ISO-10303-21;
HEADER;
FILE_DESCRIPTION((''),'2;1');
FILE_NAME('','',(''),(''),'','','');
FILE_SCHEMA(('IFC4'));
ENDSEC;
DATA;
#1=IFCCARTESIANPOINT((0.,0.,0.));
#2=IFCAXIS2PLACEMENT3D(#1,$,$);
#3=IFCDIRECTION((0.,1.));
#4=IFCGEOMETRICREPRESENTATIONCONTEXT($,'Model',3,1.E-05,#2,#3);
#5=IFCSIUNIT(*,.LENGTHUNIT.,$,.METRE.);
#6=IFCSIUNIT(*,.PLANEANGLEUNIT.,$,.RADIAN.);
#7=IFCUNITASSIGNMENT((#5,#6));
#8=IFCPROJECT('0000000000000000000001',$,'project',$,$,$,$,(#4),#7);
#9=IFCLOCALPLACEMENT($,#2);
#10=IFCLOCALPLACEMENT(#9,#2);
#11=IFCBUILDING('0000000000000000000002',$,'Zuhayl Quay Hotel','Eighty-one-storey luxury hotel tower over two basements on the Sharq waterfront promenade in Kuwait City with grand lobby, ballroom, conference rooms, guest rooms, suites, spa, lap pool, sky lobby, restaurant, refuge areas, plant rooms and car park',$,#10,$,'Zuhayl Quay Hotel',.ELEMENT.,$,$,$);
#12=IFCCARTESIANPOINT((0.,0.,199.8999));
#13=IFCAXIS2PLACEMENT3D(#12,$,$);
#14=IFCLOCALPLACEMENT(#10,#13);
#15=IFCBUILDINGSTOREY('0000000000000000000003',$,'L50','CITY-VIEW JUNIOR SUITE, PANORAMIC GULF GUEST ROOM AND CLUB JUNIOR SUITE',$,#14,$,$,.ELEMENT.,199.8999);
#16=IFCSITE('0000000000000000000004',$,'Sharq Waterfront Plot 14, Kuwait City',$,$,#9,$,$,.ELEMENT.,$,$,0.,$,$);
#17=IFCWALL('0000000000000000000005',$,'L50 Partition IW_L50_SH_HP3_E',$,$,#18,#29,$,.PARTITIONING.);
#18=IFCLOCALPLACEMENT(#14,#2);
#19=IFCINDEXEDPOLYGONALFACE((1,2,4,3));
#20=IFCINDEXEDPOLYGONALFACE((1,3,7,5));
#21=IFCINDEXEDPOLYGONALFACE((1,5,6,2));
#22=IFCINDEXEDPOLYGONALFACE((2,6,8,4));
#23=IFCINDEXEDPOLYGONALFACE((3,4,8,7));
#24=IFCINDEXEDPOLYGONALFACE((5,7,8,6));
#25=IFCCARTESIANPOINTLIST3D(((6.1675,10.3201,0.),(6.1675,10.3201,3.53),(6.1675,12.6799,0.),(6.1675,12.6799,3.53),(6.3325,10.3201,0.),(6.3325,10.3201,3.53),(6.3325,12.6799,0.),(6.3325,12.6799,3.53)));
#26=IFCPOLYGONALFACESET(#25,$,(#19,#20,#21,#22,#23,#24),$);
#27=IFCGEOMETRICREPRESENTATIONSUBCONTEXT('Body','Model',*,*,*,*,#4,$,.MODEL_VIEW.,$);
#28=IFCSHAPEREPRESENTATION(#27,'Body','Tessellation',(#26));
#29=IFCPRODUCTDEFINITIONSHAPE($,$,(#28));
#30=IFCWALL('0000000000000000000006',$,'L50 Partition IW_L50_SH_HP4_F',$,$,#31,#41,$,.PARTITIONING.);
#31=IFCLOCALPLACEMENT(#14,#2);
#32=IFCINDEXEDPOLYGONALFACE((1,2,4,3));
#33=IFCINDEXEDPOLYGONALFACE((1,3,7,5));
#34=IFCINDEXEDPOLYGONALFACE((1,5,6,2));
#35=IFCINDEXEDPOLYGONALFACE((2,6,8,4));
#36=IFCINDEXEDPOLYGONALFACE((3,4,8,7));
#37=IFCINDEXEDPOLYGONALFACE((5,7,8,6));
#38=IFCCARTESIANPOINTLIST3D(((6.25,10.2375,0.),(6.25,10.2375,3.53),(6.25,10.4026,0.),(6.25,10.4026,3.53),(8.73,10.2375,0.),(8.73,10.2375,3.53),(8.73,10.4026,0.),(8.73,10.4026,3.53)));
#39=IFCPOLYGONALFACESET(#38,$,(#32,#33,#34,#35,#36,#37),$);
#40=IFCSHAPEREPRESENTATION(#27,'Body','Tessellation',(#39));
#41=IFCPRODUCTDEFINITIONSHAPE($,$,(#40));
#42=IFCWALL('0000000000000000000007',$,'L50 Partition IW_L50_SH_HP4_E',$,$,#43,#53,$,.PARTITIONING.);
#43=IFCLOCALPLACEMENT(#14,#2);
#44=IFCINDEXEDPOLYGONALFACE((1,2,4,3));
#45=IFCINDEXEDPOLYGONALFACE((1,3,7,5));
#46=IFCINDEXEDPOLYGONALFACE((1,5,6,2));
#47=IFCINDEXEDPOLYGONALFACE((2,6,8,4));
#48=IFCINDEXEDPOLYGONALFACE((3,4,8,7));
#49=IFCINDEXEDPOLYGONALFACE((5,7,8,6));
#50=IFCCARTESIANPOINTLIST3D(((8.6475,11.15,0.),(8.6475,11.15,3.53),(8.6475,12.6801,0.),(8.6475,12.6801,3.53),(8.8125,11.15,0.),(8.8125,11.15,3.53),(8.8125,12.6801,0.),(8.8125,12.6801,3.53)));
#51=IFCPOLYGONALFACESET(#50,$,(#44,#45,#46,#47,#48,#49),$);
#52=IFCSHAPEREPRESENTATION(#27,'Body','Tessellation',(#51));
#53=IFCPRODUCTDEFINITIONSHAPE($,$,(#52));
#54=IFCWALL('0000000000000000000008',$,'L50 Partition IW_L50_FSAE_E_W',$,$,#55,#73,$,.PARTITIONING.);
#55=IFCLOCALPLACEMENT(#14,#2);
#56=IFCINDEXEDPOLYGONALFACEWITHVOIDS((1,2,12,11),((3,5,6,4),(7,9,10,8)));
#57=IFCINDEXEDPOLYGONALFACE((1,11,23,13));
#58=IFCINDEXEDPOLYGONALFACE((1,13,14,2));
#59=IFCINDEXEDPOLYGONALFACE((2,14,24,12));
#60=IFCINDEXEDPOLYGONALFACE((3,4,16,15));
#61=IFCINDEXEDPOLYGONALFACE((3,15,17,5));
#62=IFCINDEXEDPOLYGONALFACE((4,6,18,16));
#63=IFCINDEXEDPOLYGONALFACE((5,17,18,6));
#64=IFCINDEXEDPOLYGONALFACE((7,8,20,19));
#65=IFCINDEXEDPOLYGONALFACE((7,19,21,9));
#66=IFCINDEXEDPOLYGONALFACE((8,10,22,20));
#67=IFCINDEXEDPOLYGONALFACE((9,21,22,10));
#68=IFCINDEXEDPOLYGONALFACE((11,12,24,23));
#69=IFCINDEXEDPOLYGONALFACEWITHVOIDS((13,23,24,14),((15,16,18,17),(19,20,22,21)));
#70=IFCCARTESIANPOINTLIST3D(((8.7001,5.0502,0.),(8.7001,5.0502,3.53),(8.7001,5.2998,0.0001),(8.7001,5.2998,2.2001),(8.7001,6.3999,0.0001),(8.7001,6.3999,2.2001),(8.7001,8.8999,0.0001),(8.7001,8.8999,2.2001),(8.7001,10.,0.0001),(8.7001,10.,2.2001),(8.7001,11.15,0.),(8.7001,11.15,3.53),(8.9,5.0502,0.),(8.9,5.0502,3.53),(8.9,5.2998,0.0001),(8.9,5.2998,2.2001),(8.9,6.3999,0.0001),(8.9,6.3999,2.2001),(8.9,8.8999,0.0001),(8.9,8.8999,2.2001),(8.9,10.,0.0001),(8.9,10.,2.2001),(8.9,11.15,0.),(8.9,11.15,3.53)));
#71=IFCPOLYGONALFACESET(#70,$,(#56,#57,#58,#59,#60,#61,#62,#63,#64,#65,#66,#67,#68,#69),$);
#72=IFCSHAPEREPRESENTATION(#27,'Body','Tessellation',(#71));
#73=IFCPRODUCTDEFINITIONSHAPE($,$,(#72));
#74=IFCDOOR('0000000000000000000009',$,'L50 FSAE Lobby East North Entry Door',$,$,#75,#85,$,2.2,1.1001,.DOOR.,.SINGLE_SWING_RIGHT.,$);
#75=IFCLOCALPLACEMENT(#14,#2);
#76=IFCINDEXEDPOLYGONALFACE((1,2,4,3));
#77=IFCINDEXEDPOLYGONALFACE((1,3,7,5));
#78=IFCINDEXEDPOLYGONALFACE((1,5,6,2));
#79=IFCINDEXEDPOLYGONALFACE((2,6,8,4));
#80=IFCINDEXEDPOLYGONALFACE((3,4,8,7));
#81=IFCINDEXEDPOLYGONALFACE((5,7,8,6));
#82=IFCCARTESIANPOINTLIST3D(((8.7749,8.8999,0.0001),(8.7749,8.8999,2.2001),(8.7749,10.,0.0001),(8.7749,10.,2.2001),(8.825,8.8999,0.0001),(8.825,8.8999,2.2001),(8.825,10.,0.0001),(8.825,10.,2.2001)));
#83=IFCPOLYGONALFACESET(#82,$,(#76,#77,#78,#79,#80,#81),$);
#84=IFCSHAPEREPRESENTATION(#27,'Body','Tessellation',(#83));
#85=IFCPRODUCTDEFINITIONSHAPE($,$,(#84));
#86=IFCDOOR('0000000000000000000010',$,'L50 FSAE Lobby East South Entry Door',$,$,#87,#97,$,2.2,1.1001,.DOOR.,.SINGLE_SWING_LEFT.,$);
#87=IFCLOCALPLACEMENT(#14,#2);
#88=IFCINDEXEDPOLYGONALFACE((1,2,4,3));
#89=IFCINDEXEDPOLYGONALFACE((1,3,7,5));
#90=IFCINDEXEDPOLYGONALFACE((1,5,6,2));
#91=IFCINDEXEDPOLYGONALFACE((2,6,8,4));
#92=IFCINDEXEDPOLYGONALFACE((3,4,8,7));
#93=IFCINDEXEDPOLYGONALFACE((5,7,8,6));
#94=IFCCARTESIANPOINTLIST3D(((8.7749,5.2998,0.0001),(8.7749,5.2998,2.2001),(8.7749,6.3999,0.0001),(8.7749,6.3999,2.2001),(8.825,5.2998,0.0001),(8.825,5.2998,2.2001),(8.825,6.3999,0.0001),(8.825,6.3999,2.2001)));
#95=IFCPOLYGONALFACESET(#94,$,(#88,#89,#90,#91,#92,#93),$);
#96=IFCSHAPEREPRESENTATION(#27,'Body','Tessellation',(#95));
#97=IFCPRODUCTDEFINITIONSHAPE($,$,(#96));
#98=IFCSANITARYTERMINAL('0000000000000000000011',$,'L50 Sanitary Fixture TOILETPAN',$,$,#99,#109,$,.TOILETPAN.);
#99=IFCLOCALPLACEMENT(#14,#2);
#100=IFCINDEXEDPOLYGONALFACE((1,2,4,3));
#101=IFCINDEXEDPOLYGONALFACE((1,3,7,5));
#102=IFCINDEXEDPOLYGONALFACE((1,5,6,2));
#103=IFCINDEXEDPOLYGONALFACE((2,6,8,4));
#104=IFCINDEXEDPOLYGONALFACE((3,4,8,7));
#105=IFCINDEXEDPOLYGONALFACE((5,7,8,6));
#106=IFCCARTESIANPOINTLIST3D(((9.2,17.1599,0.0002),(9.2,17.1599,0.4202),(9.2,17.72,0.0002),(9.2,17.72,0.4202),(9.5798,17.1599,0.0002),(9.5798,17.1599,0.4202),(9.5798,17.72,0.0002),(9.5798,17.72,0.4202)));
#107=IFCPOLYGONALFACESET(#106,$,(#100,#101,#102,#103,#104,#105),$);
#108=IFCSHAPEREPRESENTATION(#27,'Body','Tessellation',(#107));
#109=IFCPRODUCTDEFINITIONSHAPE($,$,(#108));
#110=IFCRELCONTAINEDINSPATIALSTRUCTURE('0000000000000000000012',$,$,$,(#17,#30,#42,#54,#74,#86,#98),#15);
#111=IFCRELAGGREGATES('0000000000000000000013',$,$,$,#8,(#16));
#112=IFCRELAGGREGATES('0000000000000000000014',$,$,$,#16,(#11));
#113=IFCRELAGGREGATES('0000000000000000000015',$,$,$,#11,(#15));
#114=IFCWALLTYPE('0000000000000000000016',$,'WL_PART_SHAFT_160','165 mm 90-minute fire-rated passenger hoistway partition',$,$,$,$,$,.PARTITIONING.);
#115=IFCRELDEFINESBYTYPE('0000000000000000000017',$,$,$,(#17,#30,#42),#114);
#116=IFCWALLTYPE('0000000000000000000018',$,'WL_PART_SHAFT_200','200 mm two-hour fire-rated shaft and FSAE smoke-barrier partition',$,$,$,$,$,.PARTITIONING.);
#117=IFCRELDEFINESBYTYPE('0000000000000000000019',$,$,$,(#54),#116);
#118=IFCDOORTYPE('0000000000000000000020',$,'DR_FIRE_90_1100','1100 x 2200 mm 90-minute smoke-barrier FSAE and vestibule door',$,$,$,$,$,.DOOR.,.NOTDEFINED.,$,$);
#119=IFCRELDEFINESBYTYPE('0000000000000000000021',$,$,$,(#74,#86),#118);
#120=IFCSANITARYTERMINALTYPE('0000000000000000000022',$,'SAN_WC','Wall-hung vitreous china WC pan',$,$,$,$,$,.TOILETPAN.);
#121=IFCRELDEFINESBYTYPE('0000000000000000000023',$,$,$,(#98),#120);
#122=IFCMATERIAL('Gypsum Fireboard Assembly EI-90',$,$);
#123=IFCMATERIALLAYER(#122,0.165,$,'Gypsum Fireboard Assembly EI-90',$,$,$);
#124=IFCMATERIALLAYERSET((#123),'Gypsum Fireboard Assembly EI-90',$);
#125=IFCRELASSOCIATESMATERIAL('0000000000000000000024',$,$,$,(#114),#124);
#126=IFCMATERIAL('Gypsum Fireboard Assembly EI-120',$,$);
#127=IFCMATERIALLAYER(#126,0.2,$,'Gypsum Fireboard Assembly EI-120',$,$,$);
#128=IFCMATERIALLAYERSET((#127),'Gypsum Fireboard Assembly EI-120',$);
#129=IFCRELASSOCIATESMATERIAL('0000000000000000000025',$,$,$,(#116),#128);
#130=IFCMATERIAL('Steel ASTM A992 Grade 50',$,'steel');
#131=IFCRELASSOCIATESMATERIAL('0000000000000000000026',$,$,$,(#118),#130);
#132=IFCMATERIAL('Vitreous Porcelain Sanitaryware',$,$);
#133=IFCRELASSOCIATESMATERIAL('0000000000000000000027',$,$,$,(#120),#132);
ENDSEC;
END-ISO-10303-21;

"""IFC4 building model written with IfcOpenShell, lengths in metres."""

from ifc_helpers import new_model, si_unit, direction, frame, frame_2d, origin, origin_2d, place, context, subcontext, project, spatial, rectangle, extrude, material, layer, layer_set, type_object, element, fill, save


model = new_model("IFC4")

# Units and contexts
model_context = context("Model", 3, precision=1e-05, world=origin(), true_north=direction((0.0, 1.0)))
body_context = subcontext(model_context, "Body", "Model", "MODEL_VIEW")
ifc_project = project(units=[si_unit("LENGTHUNIT", "METRE"), si_unit("PLANEANGLEUNIT", "RADIAN")], contexts=[model_context])

# Site, building, storey
site_placement = place(None, origin())
site = spatial("IfcSite", under=ifc_project, at=site_placement, Name="Sharq Waterfront Plot 14, Kuwait City", CompositionType="ELEMENT", RefElevation=0.0)
building_placement = place(site_placement, origin())
building = spatial("IfcBuilding", under=site, at=building_placement, Name="Zuhayl Quay Hotel", Description="Eighty-one-storey luxury hotel tower over two basements on the Sharq waterfront promenade in Kuwait City with grand lobby, ballroom, conference rooms, guest rooms, suites, spa, lap pool, sky lobby, restaurant, refuge areas, plant rooms and car park", LongName="Zuhayl Quay Hotel", CompositionType="ELEMENT")
storey_placement = place(building_placement, frame((0.0, 0.0, 199.8999)))
storey = spatial("IfcBuildingStorey", under=building, at=storey_placement, Name="L50", Description="CITY-VIEW JUNIOR SUITE, PANORAMIC GULF GUEST ROOM AND CLUB JUNIOR SUITE", CompositionType="ELEMENT", Elevation=199.8999)

# Shared definitions
ifc_material_1 = material(Name="Steel ASTM A992 Grade 50", Category="steel")

# Shared definitions
ifc_material_2 = material(Name="Gypsum Fireboard Assembly EI-90")
ifc_layer_1 = layer(ifc_material_2, 0.165, Name="Gypsum Fireboard Assembly EI-90")
ifc_layer_set_1 = layer_set([ifc_layer_1], Name="Gypsum Fireboard Assembly EI-90")
wall_type_1 = type_object("IfcWallType", Name="WL_PART_SHAFT_160", Description="165 mm 90-minute fire-rated passenger hoistway partition", PredefinedType="PARTITIONING", material=ifc_layer_set_1)

# Walls
wall_1_placement = place(storey_placement, frame((6.25, 10.3201, 0.0), z_axis=(0.0, 0.0, 1.0), x_axis=(0.0, 1.0, 0.0)))
element("IfcWall", 1, at=wall_1_placement, inside=storey, type_object=wall_type_1, Name="L50 Partition IW_L50_SH_HP3_E", PredefinedType="PARTITIONING", context=body_context, shape_type="SweptSolid", body=[
    extrude(rectangle(XDim=2.3599, YDim=0.165, at=frame_2d((1.1799, 0.0))), origin(), (0.0, 0.0, 1.0), 3.53),
])
wall_2_placement = place(storey_placement, frame((6.25, 10.3201, 0.0), z_axis=(0.0, 0.0, 1.0), x_axis=(1.0, 0.0, 0.0)))
element("IfcWall", 2, at=wall_2_placement, inside=storey, type_object=wall_type_1, Name="L50 Partition IW_L50_SH_HP4_F", PredefinedType="PARTITIONING", context=body_context, shape_type="SweptSolid", body=[
    extrude(rectangle(XDim=2.48, YDim=0.165, at=frame_2d((1.24, 0.0))), origin(), (0.0, 0.0, 1.0), 3.53),
])
wall_3_placement = place(storey_placement, frame((8.73, 11.1499, 0.0), z_axis=(0.0, 0.0, 1.0), x_axis=(0.0, 1.0, 0.0)))
element("IfcWall", 3, at=wall_3_placement, inside=storey, type_object=wall_type_1, Name="L50 Partition IW_L50_SH_HP4_E", PredefinedType="PARTITIONING", context=body_context, shape_type="SweptSolid", body=[
    extrude(rectangle(XDim=1.53, YDim=0.165, at=frame_2d((0.7651, 0.0))), origin(), (0.0, 0.0, 1.0), 3.53),
])

# Wall, openings, doors
ifc_material_3 = material(Name="Gypsum Fireboard Assembly EI-120")
ifc_layer_2 = layer(ifc_material_3, 0.2, Name="Gypsum Fireboard Assembly EI-120")
ifc_layer_set_2 = layer_set([ifc_layer_2], Name="Gypsum Fireboard Assembly EI-120")
wall_type_2 = type_object("IfcWallType", Name="WL_PART_SHAFT_200", Description="200 mm two-hour fire-rated shaft and FSAE smoke-barrier partition", PredefinedType="PARTITIONING", material=ifc_layer_set_2)
wall_4_placement = place(storey_placement, frame((8.8, 11.1499, 0.0), z_axis=(0.0, 0.0, 1.0), x_axis=(0.0, -1.0, 0.0)))
wall_4 = element("IfcWall", 4, at=wall_4_placement, inside=storey, type_object=wall_type_2, Name="L50 Partition IW_L50_FSAE_E_W", PredefinedType="PARTITIONING", context=body_context, shape_type="SweptSolid", body=[
    extrude(rectangle(XDim=6.0999, YDim=0.2, at=frame_2d((3.0498, 0.0))), origin(), (0.0, 0.0, 1.0), 3.53),
])
opening_1_placement = place(wall_4_placement, frame((1.1499, 0.0, 0.0)))
opening_1 = element("IfcOpeningElement", 5, at=opening_1_placement, cuts=wall_4, PredefinedType="OPENING", context=body_context, shape_type="SweptSolid", body=[
    extrude(rectangle(XDim=1.1001, YDim=2.2, at=frame_2d((0.55, 1.1001))), frame((0.0, 0.1099, 0.0), z_axis=(0.0, -1.0, 0.0), x_axis=(1.0, 0.0, 0.0)), (0.0, 0.0, 1.0), 0.22),
])
opening_2_placement = place(wall_4_placement, frame((4.75, 0.0, 0.0)))
opening_2 = element("IfcOpeningElement", 6, at=opening_2_placement, cuts=wall_4, PredefinedType="OPENING", context=body_context, shape_type="SweptSolid", body=[
    extrude(rectangle(XDim=1.1001, YDim=2.2, at=frame_2d((0.55, 1.1001))), frame((0.0, 0.1099, 0.0), z_axis=(0.0, -1.0, 0.0), x_axis=(1.0, 0.0, 0.0)), (0.0, 0.0, 1.0), 0.22),
])
door_type_1 = type_object("IfcDoorType", Name="DR_FIRE_90_1100", Description="1100 x 2200 mm 90-minute smoke-barrier FSAE and vestibule door", OperationType="NOTDEFINED", PredefinedType="DOOR", material=ifc_material_1)
door_1_placement = place(opening_1_placement, origin())
door_1 = element("IfcDoor", 7, at=door_1_placement, inside=storey, type_object=door_type_1, Name="L50 FSAE Lobby East North Entry Door", OperationType="SINGLE_SWING_RIGHT", OverallHeight=2.2, OverallWidth=1.1001, PredefinedType="DOOR", context=body_context, shape_type="SweptSolid", body=[
    extrude(rectangle(XDim=1.1001, YDim=2.2, at=frame_2d((0.55, 1.1001))), frame((0.0, 0.0249, 0.0), z_axis=(0.0, -1.0, 0.0), x_axis=(1.0, 0.0, 0.0)), (0.0, 0.0, 1.0), 0.05),
])
fill(opening_1, door_1)
door_2_placement = place(opening_2_placement, origin())
door_2 = element("IfcDoor", 8, at=door_2_placement, inside=storey, type_object=door_type_1, Name="L50 FSAE Lobby East South Entry Door", OperationType="SINGLE_SWING_LEFT", OverallHeight=2.2, OverallWidth=1.1001, PredefinedType="DOOR", context=body_context, shape_type="SweptSolid", body=[
    extrude(rectangle(XDim=1.1001, YDim=2.2, at=frame_2d((0.55, 1.1001))), frame((0.0, 0.0249, 0.0), z_axis=(0.0, -1.0, 0.0), x_axis=(1.0, 0.0, 0.0)), (0.0, 0.0, 1.0), 0.05),
])
fill(opening_2, door_2)

# Sanitary terminal
ifc_material_4 = material(Name="Vitreous Porcelain Sanitaryware")
sanitary_terminal_type = type_object("IfcSanitaryTerminalType", Name="SAN_WC", Description="Wall-hung vitreous china WC pan", PredefinedType="TOILETPAN", material=ifc_material_4)
sanitary_terminal_placement = place(storey_placement, frame((9.3899, 17.4399, 0.0002), z_axis=(0.0, 0.0, 1.0), x_axis=(1.0, 0.0, 0.0)))
element("IfcSanitaryTerminal", 9, at=sanitary_terminal_placement, inside=storey, type_object=sanitary_terminal_type, Name="L50 Sanitary Fixture TOILETPAN", PredefinedType="TOILETPAN", context=body_context, shape_type="SweptSolid", body=[
    extrude(rectangle(XDim=0.3799, YDim=0.5601, at=origin_2d()), origin(), (0.0, 0.0, 1.0), 0.4199),
])

save(model, "model.ifc")
